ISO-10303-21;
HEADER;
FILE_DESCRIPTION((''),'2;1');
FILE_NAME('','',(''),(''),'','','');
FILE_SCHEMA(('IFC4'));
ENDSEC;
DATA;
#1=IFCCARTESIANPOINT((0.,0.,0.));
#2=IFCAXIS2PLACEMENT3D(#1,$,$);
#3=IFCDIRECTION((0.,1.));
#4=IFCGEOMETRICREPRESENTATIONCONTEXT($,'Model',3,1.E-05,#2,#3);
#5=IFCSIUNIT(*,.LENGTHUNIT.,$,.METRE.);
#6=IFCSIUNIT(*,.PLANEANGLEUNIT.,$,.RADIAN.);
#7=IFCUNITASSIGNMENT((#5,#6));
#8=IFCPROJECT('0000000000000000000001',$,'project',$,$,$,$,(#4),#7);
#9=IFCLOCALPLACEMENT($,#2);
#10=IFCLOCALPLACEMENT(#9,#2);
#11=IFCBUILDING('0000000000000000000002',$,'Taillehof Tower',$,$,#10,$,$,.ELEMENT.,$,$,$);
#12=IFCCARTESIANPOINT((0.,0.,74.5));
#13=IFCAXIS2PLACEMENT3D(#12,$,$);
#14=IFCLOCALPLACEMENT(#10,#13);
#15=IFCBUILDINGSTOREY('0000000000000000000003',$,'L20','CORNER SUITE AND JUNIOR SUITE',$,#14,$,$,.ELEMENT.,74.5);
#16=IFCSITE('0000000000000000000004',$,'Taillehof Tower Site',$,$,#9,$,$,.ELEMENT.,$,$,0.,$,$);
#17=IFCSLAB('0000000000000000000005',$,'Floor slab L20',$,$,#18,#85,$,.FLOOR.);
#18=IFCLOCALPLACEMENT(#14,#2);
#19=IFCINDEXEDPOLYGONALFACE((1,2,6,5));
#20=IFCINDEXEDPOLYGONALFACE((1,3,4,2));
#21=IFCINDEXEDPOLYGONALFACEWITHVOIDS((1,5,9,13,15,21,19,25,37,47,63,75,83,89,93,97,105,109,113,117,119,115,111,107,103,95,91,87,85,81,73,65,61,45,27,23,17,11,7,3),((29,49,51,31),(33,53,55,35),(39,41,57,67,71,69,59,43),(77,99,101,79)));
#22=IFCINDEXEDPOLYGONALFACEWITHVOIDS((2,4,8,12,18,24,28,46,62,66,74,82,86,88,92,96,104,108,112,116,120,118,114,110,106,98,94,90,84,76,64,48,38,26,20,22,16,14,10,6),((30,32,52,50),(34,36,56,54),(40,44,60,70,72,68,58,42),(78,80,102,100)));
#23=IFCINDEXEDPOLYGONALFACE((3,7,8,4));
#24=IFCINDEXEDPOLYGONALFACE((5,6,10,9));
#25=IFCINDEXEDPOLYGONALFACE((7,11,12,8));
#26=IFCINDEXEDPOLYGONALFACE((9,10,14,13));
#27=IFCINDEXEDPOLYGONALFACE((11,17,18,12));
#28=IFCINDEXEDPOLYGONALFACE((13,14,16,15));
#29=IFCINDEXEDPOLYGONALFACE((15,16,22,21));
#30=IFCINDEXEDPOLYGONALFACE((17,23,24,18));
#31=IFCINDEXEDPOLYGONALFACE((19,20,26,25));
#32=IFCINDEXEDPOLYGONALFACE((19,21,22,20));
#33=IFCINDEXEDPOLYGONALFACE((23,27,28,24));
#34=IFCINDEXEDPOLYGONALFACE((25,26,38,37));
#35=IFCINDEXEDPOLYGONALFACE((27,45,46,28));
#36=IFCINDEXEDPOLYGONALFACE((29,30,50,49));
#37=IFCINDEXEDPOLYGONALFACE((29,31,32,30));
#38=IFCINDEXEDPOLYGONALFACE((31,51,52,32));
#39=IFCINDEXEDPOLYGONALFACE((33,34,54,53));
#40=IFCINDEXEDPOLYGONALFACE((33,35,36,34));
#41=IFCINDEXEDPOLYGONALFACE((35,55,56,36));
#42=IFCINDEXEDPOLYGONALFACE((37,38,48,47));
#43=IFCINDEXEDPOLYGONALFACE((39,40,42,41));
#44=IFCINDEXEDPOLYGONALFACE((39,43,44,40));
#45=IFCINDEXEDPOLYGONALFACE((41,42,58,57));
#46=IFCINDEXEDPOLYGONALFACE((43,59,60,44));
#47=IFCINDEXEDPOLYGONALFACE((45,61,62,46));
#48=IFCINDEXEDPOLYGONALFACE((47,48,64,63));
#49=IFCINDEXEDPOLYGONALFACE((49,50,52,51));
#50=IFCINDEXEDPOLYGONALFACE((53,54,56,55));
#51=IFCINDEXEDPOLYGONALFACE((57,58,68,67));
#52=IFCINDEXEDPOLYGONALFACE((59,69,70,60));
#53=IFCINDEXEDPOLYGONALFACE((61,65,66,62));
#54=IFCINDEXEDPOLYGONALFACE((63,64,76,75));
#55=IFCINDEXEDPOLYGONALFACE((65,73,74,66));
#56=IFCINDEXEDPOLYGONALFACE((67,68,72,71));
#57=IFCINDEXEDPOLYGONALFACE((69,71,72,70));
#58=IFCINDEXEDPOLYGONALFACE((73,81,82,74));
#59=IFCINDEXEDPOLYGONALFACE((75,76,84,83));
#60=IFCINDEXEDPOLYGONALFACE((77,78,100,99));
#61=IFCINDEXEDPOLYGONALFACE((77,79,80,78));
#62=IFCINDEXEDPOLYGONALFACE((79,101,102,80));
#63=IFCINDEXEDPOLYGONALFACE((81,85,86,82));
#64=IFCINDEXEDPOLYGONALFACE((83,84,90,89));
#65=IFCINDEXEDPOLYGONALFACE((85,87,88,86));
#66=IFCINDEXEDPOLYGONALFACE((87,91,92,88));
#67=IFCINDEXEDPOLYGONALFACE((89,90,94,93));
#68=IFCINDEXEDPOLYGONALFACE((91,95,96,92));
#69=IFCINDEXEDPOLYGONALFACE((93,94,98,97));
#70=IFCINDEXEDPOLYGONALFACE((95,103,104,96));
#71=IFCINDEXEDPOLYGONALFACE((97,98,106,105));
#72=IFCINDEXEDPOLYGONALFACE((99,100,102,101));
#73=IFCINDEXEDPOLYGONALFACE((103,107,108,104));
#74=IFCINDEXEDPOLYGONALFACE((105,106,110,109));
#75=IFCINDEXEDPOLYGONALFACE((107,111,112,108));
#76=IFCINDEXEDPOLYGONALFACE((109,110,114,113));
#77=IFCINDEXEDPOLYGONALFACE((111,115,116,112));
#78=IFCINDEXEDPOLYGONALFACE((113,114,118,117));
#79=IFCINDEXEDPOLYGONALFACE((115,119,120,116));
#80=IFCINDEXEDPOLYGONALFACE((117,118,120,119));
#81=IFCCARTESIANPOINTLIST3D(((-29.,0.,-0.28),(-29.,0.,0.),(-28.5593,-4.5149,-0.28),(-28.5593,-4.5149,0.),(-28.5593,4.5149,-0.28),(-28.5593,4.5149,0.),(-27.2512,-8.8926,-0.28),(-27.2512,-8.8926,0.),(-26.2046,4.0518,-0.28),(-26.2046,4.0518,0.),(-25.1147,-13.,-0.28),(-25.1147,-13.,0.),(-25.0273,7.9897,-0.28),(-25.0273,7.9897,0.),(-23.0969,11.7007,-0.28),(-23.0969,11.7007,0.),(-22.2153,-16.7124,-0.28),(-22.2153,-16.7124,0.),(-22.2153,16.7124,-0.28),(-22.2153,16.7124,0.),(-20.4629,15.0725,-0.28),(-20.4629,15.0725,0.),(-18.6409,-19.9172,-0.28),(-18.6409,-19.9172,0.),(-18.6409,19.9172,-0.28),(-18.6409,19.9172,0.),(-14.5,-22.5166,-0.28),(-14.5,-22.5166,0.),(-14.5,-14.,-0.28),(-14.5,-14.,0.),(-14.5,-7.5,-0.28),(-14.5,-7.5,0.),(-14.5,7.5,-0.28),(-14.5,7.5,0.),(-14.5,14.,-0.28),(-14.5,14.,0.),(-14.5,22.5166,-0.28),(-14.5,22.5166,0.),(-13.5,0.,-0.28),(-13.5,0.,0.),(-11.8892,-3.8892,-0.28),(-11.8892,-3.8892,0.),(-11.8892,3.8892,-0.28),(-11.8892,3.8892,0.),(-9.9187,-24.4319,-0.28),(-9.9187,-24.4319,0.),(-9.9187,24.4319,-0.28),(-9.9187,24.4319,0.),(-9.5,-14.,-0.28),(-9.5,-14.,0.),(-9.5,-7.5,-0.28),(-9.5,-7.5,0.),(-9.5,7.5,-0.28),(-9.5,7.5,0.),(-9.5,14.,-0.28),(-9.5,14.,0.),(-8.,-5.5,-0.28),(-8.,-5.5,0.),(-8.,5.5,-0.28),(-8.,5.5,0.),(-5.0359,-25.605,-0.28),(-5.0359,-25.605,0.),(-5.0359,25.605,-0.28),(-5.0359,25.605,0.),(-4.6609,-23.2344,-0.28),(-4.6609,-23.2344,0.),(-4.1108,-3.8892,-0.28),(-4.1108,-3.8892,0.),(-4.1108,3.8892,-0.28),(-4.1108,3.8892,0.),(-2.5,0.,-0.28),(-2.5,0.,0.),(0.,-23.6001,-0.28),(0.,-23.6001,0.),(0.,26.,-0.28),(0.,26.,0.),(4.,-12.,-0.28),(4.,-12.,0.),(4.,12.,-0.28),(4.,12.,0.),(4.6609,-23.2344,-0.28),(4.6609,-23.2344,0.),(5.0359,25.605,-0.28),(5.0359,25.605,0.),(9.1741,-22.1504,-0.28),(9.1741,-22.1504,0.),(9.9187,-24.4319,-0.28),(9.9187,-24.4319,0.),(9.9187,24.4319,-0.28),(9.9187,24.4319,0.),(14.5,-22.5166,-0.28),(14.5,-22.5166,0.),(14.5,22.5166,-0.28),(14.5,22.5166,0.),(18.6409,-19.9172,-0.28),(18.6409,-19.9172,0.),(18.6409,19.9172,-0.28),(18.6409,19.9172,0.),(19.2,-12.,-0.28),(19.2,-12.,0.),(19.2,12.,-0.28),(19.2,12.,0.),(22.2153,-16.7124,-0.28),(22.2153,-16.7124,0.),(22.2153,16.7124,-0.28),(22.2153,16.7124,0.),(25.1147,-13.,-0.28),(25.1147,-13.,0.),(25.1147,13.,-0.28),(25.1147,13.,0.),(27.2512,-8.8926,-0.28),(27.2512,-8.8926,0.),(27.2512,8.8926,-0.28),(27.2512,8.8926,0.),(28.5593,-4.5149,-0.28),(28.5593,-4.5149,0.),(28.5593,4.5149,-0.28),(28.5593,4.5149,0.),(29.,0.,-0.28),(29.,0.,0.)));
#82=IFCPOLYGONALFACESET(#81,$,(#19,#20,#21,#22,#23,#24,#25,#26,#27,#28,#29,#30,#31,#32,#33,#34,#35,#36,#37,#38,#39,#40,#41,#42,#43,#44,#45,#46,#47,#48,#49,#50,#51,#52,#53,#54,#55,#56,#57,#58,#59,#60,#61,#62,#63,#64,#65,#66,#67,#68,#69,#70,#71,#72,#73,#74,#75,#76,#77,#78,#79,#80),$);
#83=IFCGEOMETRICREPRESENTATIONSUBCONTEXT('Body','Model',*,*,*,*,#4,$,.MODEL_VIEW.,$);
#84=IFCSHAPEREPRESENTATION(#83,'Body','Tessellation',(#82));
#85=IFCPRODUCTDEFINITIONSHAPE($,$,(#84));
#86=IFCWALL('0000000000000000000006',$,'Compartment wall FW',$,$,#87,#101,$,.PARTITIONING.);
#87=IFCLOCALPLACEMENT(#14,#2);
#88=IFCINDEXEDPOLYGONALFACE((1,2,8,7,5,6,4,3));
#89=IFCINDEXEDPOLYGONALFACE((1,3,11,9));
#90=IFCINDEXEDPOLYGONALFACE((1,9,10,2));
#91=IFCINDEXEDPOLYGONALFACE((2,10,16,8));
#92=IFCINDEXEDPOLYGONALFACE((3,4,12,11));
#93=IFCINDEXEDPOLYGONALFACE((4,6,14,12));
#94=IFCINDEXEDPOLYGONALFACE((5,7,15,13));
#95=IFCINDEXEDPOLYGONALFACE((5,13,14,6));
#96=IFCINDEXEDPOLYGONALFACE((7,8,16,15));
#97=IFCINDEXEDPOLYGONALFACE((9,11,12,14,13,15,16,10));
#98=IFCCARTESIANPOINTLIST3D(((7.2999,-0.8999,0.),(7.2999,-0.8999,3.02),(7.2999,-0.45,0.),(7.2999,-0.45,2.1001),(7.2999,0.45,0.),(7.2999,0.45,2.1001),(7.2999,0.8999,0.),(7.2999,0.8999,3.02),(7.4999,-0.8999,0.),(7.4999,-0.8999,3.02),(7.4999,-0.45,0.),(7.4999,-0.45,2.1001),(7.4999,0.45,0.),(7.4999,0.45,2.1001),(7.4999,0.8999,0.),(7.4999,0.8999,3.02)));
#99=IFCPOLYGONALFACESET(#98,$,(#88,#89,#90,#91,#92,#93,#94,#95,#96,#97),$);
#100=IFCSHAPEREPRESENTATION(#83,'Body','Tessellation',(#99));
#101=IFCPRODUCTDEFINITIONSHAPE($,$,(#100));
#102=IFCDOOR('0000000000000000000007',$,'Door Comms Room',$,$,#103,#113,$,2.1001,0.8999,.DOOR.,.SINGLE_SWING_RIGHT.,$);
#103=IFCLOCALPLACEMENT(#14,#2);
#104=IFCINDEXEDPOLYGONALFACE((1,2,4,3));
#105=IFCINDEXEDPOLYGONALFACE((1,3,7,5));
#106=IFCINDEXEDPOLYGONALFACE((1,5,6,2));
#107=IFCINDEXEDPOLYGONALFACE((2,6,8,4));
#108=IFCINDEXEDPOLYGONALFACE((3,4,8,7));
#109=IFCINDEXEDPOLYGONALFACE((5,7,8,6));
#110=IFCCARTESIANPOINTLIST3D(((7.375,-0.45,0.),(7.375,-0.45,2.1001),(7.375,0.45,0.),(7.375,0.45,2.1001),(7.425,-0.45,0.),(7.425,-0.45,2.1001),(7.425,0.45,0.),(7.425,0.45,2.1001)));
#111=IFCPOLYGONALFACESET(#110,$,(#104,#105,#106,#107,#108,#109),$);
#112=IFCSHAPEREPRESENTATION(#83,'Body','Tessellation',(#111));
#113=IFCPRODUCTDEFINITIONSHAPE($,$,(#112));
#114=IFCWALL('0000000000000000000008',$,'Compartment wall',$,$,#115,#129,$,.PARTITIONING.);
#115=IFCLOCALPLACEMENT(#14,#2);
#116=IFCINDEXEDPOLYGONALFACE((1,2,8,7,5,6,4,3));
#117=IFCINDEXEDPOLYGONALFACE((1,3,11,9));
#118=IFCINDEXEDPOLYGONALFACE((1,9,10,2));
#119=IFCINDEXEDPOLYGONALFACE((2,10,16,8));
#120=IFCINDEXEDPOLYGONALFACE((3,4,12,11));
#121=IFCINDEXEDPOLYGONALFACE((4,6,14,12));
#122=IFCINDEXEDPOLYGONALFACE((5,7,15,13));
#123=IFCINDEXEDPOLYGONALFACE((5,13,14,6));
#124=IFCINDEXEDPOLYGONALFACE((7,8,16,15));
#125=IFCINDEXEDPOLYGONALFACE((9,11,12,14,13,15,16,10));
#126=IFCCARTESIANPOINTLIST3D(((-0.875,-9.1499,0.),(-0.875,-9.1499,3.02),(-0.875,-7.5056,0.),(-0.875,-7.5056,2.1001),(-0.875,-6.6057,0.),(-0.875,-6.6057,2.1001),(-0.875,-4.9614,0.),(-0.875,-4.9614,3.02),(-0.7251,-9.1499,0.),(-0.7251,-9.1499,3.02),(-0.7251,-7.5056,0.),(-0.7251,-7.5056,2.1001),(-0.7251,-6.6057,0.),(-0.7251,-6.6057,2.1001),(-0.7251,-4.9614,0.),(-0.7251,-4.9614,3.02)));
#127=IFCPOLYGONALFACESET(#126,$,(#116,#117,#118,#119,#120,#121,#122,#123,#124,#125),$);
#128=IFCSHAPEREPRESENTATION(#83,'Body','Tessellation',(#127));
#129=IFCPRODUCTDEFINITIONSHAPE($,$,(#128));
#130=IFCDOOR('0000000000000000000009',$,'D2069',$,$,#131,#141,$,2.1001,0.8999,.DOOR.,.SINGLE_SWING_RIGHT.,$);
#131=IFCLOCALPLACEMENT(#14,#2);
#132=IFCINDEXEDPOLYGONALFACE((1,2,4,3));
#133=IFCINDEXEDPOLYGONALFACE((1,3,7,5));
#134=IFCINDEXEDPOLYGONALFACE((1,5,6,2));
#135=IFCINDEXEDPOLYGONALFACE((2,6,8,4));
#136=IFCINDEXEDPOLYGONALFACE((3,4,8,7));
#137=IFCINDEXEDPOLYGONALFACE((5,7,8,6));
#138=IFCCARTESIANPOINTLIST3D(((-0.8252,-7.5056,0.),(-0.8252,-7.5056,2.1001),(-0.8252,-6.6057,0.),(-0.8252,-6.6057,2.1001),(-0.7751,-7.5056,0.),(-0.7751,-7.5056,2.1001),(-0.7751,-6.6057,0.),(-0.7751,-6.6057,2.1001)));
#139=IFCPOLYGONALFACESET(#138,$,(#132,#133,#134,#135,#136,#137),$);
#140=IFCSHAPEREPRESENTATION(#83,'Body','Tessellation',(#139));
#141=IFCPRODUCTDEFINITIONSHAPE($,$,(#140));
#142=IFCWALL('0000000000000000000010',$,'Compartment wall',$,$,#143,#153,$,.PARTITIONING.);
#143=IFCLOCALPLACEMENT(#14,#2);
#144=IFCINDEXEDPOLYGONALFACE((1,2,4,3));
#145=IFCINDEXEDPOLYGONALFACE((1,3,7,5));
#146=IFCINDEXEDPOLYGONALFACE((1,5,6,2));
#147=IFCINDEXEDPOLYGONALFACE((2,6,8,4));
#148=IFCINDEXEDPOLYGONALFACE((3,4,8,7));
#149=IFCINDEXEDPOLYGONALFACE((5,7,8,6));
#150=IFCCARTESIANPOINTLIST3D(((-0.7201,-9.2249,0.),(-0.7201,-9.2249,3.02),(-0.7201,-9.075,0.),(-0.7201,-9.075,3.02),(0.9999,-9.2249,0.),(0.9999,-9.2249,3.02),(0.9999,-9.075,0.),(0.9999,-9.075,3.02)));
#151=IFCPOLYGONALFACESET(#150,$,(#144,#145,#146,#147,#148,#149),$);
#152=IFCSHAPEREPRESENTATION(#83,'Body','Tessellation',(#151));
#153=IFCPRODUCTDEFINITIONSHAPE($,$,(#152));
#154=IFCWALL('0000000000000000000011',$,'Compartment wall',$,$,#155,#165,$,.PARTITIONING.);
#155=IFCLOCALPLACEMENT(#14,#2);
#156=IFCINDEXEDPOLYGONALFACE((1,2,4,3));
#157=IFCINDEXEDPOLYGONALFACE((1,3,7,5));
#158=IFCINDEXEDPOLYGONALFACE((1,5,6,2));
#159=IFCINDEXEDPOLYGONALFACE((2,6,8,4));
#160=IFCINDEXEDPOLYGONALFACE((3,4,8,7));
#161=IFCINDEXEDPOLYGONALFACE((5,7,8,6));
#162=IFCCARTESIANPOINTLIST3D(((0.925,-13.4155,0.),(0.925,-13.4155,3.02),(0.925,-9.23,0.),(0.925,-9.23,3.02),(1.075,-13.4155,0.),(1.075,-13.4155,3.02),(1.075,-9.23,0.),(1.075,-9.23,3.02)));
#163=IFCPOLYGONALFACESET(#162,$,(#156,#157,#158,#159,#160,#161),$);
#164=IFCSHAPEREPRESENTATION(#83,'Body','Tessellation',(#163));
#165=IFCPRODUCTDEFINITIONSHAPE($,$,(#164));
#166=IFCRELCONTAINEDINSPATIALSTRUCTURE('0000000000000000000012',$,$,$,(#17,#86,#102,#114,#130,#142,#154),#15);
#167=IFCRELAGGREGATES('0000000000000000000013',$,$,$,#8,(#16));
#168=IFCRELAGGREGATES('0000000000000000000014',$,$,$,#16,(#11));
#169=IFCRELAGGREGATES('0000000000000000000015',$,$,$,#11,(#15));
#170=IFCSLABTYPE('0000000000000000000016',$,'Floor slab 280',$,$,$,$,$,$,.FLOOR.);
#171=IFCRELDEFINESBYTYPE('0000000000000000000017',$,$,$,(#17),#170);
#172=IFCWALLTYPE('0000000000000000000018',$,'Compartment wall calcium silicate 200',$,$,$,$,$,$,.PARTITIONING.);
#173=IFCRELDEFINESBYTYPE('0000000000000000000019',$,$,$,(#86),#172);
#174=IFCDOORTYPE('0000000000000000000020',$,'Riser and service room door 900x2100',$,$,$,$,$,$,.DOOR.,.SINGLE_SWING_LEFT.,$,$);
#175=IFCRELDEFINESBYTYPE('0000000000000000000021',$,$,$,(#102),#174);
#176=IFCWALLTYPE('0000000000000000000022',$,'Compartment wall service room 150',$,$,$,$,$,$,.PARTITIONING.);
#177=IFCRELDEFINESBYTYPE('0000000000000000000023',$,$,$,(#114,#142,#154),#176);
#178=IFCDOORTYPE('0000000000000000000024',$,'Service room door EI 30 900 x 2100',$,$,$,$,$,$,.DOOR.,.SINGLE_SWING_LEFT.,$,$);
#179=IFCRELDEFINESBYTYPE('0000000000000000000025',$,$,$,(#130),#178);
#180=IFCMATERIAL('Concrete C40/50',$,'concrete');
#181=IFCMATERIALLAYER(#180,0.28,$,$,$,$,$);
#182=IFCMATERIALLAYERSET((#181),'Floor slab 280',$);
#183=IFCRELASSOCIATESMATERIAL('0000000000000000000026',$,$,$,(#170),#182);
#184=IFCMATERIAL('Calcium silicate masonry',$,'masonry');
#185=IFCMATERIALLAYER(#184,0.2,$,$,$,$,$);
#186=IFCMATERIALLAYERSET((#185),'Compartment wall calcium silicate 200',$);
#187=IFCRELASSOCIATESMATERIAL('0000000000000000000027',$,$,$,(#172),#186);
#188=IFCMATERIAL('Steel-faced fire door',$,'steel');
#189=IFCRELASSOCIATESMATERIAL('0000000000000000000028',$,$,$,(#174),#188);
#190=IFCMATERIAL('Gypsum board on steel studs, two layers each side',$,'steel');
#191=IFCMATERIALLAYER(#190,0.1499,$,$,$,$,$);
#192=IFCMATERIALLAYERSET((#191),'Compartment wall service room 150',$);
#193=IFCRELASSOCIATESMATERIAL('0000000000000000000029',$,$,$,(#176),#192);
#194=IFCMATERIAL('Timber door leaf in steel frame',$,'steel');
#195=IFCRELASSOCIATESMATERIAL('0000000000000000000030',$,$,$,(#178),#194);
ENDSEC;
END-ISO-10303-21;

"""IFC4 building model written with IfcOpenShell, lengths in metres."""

from ifc_helpers import new_model, si_unit, direction, frame, frame_2d, origin, place, context, subcontext, project, spatial, polyline, rectangle, outline, extrude, material, layer, layer_set, type_object, element, fill, save


model = new_model("IFC4")

# Units and contexts
model_context = context("Model", 3, precision=1e-05, world=origin(), true_north=direction((0.0, 1.0)))
body_context = subcontext(model_context, "Body", "Model", "MODEL_VIEW")
ifc_project = project(units=[si_unit("LENGTHUNIT", "METRE"), si_unit("PLANEANGLEUNIT", "RADIAN")], contexts=[model_context])

# Site, building, storey
site_placement = place(None, origin())
site = spatial("IfcSite", under=ifc_project, at=site_placement, Name="Taillehof Tower Site", CompositionType="ELEMENT", RefElevation=0.0)
building_placement = place(site_placement, origin())
building = spatial("IfcBuilding", under=site, at=building_placement, Name="Taillehof Tower", CompositionType="ELEMENT")
storey_placement = place(building_placement, frame((0.0, 0.0, 74.5)))
storey = spatial("IfcBuildingStorey", under=building, at=storey_placement, Name="L20", Description="CORNER SUITE AND JUNIOR SUITE", CompositionType="ELEMENT", Elevation=74.5)

# Slab
ifc_material_1 = material(Name="Concrete C40/50", Category="concrete")
ifc_layer_1 = layer(ifc_material_1, 0.28)
ifc_layer_set_1 = layer_set([ifc_layer_1], Name="Floor slab 280")
slab_type_1 = type_object("IfcSlabType", Name="Floor slab 280", PredefinedType="FLOOR", material=ifc_layer_set_1)
slab_1_placement = place(storey_placement, frame((0.0, 0.0, -0.28)))
element("IfcSlab", 1, at=slab_1_placement, inside=storey, type_object=slab_type_1, Name="Floor slab L20", PredefinedType="FLOOR", context=body_context, shape_type="SweptSolid", body=[
    extrude(outline(polyline([(29.0, 0.0), (28.5593, 4.5149), (27.2512, 8.8926), (25.1147, 13.0), (22.2153, 16.7124), (18.6409, 19.9172), (14.5, 22.5166), (9.9187, 24.4319), (5.0359, 25.605), (0.0, 26.0), (-5.0359, 25.605), (-9.9187, 24.4319), (-14.5, 22.5166), (-18.6409, 19.9172), (-22.2153, 16.7124), (-20.4629, 15.0725), (-23.0969, 11.7007), (-25.0273, 7.9897), (-26.2046, 4.0518), (-28.5593, 4.5149), (-29.0, 0.0), (-28.5593, -4.5149), (-27.2512, -8.8926), (-25.1147, -13.0), (-22.2153, -16.7124), (-18.6409, -19.9172), (-14.5, -22.5166), (-9.9187, -24.4319), (-5.0359, -25.605), (-4.6609, -23.2344), (0.0, -23.6001), (4.6609, -23.2344), (9.1741, -22.1504), (9.9187, -24.4319), (14.5, -22.5166), (18.6409, -19.9172), (22.2153, -16.7124), (25.1147, -13.0), (27.2512, -8.8926), (28.5593, -4.5149), (29.0, 0.0)]), holes=[polyline([(-14.5, -7.5), (-9.5, -7.5), (-9.5, -14.0), (-14.5, -14.0), (-14.5, -7.5)]), polyline([(-8.0, -5.5), (-11.8892, -3.8892), (-13.5, 0.0), (-11.8892, 3.8892), (-8.0, 5.5), (-4.1108, 3.8892), (-2.5, 0.0), (-4.1108, -3.8892), (-8.0, -5.5)]), polyline([(19.2, 12.0), (19.2, -12.0), (4.0, -12.0), (4.0, 12.0), (19.2, 12.0)]), polyline([(-14.5, 14.0), (-9.5, 14.0), (-9.5, 7.5), (-14.5, 7.5), (-14.5, 14.0)])]), origin(), (0.0, 0.0, 1.0), 0.28),
])

# Walls, openings, doors
ifc_material_2 = material(Name="Calcium silicate masonry", Category="masonry")
ifc_layer_2 = layer(ifc_material_2, 0.2)
ifc_layer_set_2 = layer_set([ifc_layer_2], Name="Compartment wall calcium silicate 200")
wall_type_1 = type_object("IfcWallType", Name="Compartment wall calcium silicate 200", PredefinedType="PARTITIONING", material=ifc_layer_set_2)
wall_1_placement = place(storey_placement, frame((7.3999, -0.8999, 0.0), z_axis=(0.0, 0.0, 1.0), x_axis=(0.0, 1.0, 0.0)))
wall_1 = element("IfcWall", 2, at=wall_1_placement, inside=storey, type_object=wall_type_1, Name="Compartment wall FW", PredefinedType="PARTITIONING", context=body_context, shape_type="SweptSolid", body=[
    extrude(rectangle(XDim=1.7998, YDim=0.2, at=frame_2d((0.8999, 0.0))), origin(), (0.0, 0.0, 1.0), 3.02),
])
opening_1_placement = place(wall_1_placement, frame((0.45, 0.0, 0.0)))
opening_1 = element("IfcOpeningElement", 3, at=opening_1_placement, cuts=wall_1, PredefinedType="OPENING", context=body_context, shape_type="SweptSolid", body=[
    extrude(rectangle(XDim=0.8999, YDim=2.1001, at=frame_2d((0.45, 1.05))), frame((0.0, 0.1099, 0.0), z_axis=(0.0, -1.0, 0.0), x_axis=(1.0, 0.0, 0.0)), (0.0, 0.0, 1.0), 0.22),
])
ifc_material_3 = material(Name="Steel-faced fire door", Category="steel")
door_type_1 = type_object("IfcDoorType", Name="Riser and service room door 900x2100", OperationType="SINGLE_SWING_LEFT", PredefinedType="DOOR", material=ifc_material_3)
door_1_placement = place(opening_1_placement, origin())
door_1 = element("IfcDoor", 4, at=door_1_placement, inside=storey, type_object=door_type_1, Name="Door Comms Room", OperationType="SINGLE_SWING_RIGHT", OverallHeight=2.1001, OverallWidth=0.8999, PredefinedType="DOOR", context=body_context, shape_type="SweptSolid", body=[
    extrude(rectangle(XDim=0.8999, YDim=2.1001, at=frame_2d((0.45, 1.05))), frame((0.0, 0.0249, 0.0), z_axis=(0.0, -1.0, 0.0), x_axis=(1.0, 0.0, 0.0)), (0.0, 0.0, 1.0), 0.05),
])
fill(opening_1, door_1)
ifc_material_4 = material(Name="Gypsum board on steel studs, two layers each side", Category="steel")
ifc_layer_3 = layer(ifc_material_4, 0.1499)
ifc_layer_set_3 = layer_set([ifc_layer_3], Name="Compartment wall service room 150")
wall_type_2 = type_object("IfcWallType", Name="Compartment wall service room 150", PredefinedType="PARTITIONING", material=ifc_layer_set_3)
wall_2_placement = place(storey_placement, frame((-0.8, -4.9614, 0.0), z_axis=(0.0, 0.0, 1.0), x_axis=(0.0, -1.0, 0.0)))
wall_2 = element("IfcWall", 5, at=wall_2_placement, inside=storey, type_object=wall_type_2, Name="Compartment wall", PredefinedType="PARTITIONING", context=body_context, shape_type="SweptSolid", body=[
    extrude(rectangle(XDim=4.1885, YDim=0.1499, at=frame_2d((2.0942, 0.0))), origin(), (0.0, 0.0, 1.0), 3.02),
])
opening_2_placement = place(wall_2_placement, frame((1.6443, 0.0, 0.0)))
opening_2 = element("IfcOpeningElement", 6, at=opening_2_placement, cuts=wall_2, PredefinedType="OPENING", context=body_context, shape_type="SweptSolid", body=[
    extrude(rectangle(XDim=0.8999, YDim=2.1001, at=frame_2d((0.45, 1.05))), frame((0.0, 0.085, 0.0), z_axis=(0.0, -1.0, 0.0), x_axis=(1.0, 0.0, 0.0)), (0.0, 0.0, 1.0), 0.1699),
])
ifc_material_5 = material(Name="Timber door leaf in steel frame", Category="steel")
door_type_2 = type_object("IfcDoorType", Name="Service room door EI 30 900 x 2100", OperationType="SINGLE_SWING_LEFT", PredefinedType="DOOR", material=ifc_material_5)
door_2_placement = place(opening_2_placement, origin())
door_2 = element("IfcDoor", 7, at=door_2_placement, inside=storey, type_object=door_type_2, Name="D2069", OperationType="SINGLE_SWING_RIGHT", OverallHeight=2.1001, OverallWidth=0.8999, PredefinedType="DOOR", context=body_context, shape_type="SweptSolid", body=[
    extrude(rectangle(XDim=0.8999, YDim=2.1001, at=frame_2d((0.45, 1.05))), frame((0.0, 0.0249, 0.0), z_axis=(0.0, -1.0, 0.0), x_axis=(1.0, 0.0, 0.0)), (0.0, 0.0, 1.0), 0.05),
])
fill(opening_2, door_2)

# Walls
wall_3_placement = place(storey_placement, frame((-0.72, -9.1499, 0.0), z_axis=(0.0, 0.0, 1.0), x_axis=(1.0, 0.0, 0.0)))
element("IfcWall", 8, at=wall_3_placement, inside=storey, type_object=wall_type_2, Name="Compartment wall", PredefinedType="PARTITIONING", context=body_context, shape_type="SweptSolid", body=[
    extrude(rectangle(XDim=1.72, YDim=0.1499, at=frame_2d((0.8599, 0.0))), origin(), (0.0, 0.0, 1.0), 3.02),
])
wall_4_placement = place(storey_placement, frame((1.0, -9.23, 0.0), z_axis=(0.0, 0.0, 1.0), x_axis=(0.0, -1.0, 0.0)))
element("IfcWall", 9, at=wall_4_placement, inside=storey, type_object=wall_type_2, Name="Compartment wall", PredefinedType="PARTITIONING", context=body_context, shape_type="SweptSolid", body=[
    extrude(rectangle(XDim=4.1855, YDim=0.1499, at=frame_2d((2.0928, 0.0))), origin(), (0.0, 0.0, 1.0), 3.02),
])

save(model, "model.ifc")
